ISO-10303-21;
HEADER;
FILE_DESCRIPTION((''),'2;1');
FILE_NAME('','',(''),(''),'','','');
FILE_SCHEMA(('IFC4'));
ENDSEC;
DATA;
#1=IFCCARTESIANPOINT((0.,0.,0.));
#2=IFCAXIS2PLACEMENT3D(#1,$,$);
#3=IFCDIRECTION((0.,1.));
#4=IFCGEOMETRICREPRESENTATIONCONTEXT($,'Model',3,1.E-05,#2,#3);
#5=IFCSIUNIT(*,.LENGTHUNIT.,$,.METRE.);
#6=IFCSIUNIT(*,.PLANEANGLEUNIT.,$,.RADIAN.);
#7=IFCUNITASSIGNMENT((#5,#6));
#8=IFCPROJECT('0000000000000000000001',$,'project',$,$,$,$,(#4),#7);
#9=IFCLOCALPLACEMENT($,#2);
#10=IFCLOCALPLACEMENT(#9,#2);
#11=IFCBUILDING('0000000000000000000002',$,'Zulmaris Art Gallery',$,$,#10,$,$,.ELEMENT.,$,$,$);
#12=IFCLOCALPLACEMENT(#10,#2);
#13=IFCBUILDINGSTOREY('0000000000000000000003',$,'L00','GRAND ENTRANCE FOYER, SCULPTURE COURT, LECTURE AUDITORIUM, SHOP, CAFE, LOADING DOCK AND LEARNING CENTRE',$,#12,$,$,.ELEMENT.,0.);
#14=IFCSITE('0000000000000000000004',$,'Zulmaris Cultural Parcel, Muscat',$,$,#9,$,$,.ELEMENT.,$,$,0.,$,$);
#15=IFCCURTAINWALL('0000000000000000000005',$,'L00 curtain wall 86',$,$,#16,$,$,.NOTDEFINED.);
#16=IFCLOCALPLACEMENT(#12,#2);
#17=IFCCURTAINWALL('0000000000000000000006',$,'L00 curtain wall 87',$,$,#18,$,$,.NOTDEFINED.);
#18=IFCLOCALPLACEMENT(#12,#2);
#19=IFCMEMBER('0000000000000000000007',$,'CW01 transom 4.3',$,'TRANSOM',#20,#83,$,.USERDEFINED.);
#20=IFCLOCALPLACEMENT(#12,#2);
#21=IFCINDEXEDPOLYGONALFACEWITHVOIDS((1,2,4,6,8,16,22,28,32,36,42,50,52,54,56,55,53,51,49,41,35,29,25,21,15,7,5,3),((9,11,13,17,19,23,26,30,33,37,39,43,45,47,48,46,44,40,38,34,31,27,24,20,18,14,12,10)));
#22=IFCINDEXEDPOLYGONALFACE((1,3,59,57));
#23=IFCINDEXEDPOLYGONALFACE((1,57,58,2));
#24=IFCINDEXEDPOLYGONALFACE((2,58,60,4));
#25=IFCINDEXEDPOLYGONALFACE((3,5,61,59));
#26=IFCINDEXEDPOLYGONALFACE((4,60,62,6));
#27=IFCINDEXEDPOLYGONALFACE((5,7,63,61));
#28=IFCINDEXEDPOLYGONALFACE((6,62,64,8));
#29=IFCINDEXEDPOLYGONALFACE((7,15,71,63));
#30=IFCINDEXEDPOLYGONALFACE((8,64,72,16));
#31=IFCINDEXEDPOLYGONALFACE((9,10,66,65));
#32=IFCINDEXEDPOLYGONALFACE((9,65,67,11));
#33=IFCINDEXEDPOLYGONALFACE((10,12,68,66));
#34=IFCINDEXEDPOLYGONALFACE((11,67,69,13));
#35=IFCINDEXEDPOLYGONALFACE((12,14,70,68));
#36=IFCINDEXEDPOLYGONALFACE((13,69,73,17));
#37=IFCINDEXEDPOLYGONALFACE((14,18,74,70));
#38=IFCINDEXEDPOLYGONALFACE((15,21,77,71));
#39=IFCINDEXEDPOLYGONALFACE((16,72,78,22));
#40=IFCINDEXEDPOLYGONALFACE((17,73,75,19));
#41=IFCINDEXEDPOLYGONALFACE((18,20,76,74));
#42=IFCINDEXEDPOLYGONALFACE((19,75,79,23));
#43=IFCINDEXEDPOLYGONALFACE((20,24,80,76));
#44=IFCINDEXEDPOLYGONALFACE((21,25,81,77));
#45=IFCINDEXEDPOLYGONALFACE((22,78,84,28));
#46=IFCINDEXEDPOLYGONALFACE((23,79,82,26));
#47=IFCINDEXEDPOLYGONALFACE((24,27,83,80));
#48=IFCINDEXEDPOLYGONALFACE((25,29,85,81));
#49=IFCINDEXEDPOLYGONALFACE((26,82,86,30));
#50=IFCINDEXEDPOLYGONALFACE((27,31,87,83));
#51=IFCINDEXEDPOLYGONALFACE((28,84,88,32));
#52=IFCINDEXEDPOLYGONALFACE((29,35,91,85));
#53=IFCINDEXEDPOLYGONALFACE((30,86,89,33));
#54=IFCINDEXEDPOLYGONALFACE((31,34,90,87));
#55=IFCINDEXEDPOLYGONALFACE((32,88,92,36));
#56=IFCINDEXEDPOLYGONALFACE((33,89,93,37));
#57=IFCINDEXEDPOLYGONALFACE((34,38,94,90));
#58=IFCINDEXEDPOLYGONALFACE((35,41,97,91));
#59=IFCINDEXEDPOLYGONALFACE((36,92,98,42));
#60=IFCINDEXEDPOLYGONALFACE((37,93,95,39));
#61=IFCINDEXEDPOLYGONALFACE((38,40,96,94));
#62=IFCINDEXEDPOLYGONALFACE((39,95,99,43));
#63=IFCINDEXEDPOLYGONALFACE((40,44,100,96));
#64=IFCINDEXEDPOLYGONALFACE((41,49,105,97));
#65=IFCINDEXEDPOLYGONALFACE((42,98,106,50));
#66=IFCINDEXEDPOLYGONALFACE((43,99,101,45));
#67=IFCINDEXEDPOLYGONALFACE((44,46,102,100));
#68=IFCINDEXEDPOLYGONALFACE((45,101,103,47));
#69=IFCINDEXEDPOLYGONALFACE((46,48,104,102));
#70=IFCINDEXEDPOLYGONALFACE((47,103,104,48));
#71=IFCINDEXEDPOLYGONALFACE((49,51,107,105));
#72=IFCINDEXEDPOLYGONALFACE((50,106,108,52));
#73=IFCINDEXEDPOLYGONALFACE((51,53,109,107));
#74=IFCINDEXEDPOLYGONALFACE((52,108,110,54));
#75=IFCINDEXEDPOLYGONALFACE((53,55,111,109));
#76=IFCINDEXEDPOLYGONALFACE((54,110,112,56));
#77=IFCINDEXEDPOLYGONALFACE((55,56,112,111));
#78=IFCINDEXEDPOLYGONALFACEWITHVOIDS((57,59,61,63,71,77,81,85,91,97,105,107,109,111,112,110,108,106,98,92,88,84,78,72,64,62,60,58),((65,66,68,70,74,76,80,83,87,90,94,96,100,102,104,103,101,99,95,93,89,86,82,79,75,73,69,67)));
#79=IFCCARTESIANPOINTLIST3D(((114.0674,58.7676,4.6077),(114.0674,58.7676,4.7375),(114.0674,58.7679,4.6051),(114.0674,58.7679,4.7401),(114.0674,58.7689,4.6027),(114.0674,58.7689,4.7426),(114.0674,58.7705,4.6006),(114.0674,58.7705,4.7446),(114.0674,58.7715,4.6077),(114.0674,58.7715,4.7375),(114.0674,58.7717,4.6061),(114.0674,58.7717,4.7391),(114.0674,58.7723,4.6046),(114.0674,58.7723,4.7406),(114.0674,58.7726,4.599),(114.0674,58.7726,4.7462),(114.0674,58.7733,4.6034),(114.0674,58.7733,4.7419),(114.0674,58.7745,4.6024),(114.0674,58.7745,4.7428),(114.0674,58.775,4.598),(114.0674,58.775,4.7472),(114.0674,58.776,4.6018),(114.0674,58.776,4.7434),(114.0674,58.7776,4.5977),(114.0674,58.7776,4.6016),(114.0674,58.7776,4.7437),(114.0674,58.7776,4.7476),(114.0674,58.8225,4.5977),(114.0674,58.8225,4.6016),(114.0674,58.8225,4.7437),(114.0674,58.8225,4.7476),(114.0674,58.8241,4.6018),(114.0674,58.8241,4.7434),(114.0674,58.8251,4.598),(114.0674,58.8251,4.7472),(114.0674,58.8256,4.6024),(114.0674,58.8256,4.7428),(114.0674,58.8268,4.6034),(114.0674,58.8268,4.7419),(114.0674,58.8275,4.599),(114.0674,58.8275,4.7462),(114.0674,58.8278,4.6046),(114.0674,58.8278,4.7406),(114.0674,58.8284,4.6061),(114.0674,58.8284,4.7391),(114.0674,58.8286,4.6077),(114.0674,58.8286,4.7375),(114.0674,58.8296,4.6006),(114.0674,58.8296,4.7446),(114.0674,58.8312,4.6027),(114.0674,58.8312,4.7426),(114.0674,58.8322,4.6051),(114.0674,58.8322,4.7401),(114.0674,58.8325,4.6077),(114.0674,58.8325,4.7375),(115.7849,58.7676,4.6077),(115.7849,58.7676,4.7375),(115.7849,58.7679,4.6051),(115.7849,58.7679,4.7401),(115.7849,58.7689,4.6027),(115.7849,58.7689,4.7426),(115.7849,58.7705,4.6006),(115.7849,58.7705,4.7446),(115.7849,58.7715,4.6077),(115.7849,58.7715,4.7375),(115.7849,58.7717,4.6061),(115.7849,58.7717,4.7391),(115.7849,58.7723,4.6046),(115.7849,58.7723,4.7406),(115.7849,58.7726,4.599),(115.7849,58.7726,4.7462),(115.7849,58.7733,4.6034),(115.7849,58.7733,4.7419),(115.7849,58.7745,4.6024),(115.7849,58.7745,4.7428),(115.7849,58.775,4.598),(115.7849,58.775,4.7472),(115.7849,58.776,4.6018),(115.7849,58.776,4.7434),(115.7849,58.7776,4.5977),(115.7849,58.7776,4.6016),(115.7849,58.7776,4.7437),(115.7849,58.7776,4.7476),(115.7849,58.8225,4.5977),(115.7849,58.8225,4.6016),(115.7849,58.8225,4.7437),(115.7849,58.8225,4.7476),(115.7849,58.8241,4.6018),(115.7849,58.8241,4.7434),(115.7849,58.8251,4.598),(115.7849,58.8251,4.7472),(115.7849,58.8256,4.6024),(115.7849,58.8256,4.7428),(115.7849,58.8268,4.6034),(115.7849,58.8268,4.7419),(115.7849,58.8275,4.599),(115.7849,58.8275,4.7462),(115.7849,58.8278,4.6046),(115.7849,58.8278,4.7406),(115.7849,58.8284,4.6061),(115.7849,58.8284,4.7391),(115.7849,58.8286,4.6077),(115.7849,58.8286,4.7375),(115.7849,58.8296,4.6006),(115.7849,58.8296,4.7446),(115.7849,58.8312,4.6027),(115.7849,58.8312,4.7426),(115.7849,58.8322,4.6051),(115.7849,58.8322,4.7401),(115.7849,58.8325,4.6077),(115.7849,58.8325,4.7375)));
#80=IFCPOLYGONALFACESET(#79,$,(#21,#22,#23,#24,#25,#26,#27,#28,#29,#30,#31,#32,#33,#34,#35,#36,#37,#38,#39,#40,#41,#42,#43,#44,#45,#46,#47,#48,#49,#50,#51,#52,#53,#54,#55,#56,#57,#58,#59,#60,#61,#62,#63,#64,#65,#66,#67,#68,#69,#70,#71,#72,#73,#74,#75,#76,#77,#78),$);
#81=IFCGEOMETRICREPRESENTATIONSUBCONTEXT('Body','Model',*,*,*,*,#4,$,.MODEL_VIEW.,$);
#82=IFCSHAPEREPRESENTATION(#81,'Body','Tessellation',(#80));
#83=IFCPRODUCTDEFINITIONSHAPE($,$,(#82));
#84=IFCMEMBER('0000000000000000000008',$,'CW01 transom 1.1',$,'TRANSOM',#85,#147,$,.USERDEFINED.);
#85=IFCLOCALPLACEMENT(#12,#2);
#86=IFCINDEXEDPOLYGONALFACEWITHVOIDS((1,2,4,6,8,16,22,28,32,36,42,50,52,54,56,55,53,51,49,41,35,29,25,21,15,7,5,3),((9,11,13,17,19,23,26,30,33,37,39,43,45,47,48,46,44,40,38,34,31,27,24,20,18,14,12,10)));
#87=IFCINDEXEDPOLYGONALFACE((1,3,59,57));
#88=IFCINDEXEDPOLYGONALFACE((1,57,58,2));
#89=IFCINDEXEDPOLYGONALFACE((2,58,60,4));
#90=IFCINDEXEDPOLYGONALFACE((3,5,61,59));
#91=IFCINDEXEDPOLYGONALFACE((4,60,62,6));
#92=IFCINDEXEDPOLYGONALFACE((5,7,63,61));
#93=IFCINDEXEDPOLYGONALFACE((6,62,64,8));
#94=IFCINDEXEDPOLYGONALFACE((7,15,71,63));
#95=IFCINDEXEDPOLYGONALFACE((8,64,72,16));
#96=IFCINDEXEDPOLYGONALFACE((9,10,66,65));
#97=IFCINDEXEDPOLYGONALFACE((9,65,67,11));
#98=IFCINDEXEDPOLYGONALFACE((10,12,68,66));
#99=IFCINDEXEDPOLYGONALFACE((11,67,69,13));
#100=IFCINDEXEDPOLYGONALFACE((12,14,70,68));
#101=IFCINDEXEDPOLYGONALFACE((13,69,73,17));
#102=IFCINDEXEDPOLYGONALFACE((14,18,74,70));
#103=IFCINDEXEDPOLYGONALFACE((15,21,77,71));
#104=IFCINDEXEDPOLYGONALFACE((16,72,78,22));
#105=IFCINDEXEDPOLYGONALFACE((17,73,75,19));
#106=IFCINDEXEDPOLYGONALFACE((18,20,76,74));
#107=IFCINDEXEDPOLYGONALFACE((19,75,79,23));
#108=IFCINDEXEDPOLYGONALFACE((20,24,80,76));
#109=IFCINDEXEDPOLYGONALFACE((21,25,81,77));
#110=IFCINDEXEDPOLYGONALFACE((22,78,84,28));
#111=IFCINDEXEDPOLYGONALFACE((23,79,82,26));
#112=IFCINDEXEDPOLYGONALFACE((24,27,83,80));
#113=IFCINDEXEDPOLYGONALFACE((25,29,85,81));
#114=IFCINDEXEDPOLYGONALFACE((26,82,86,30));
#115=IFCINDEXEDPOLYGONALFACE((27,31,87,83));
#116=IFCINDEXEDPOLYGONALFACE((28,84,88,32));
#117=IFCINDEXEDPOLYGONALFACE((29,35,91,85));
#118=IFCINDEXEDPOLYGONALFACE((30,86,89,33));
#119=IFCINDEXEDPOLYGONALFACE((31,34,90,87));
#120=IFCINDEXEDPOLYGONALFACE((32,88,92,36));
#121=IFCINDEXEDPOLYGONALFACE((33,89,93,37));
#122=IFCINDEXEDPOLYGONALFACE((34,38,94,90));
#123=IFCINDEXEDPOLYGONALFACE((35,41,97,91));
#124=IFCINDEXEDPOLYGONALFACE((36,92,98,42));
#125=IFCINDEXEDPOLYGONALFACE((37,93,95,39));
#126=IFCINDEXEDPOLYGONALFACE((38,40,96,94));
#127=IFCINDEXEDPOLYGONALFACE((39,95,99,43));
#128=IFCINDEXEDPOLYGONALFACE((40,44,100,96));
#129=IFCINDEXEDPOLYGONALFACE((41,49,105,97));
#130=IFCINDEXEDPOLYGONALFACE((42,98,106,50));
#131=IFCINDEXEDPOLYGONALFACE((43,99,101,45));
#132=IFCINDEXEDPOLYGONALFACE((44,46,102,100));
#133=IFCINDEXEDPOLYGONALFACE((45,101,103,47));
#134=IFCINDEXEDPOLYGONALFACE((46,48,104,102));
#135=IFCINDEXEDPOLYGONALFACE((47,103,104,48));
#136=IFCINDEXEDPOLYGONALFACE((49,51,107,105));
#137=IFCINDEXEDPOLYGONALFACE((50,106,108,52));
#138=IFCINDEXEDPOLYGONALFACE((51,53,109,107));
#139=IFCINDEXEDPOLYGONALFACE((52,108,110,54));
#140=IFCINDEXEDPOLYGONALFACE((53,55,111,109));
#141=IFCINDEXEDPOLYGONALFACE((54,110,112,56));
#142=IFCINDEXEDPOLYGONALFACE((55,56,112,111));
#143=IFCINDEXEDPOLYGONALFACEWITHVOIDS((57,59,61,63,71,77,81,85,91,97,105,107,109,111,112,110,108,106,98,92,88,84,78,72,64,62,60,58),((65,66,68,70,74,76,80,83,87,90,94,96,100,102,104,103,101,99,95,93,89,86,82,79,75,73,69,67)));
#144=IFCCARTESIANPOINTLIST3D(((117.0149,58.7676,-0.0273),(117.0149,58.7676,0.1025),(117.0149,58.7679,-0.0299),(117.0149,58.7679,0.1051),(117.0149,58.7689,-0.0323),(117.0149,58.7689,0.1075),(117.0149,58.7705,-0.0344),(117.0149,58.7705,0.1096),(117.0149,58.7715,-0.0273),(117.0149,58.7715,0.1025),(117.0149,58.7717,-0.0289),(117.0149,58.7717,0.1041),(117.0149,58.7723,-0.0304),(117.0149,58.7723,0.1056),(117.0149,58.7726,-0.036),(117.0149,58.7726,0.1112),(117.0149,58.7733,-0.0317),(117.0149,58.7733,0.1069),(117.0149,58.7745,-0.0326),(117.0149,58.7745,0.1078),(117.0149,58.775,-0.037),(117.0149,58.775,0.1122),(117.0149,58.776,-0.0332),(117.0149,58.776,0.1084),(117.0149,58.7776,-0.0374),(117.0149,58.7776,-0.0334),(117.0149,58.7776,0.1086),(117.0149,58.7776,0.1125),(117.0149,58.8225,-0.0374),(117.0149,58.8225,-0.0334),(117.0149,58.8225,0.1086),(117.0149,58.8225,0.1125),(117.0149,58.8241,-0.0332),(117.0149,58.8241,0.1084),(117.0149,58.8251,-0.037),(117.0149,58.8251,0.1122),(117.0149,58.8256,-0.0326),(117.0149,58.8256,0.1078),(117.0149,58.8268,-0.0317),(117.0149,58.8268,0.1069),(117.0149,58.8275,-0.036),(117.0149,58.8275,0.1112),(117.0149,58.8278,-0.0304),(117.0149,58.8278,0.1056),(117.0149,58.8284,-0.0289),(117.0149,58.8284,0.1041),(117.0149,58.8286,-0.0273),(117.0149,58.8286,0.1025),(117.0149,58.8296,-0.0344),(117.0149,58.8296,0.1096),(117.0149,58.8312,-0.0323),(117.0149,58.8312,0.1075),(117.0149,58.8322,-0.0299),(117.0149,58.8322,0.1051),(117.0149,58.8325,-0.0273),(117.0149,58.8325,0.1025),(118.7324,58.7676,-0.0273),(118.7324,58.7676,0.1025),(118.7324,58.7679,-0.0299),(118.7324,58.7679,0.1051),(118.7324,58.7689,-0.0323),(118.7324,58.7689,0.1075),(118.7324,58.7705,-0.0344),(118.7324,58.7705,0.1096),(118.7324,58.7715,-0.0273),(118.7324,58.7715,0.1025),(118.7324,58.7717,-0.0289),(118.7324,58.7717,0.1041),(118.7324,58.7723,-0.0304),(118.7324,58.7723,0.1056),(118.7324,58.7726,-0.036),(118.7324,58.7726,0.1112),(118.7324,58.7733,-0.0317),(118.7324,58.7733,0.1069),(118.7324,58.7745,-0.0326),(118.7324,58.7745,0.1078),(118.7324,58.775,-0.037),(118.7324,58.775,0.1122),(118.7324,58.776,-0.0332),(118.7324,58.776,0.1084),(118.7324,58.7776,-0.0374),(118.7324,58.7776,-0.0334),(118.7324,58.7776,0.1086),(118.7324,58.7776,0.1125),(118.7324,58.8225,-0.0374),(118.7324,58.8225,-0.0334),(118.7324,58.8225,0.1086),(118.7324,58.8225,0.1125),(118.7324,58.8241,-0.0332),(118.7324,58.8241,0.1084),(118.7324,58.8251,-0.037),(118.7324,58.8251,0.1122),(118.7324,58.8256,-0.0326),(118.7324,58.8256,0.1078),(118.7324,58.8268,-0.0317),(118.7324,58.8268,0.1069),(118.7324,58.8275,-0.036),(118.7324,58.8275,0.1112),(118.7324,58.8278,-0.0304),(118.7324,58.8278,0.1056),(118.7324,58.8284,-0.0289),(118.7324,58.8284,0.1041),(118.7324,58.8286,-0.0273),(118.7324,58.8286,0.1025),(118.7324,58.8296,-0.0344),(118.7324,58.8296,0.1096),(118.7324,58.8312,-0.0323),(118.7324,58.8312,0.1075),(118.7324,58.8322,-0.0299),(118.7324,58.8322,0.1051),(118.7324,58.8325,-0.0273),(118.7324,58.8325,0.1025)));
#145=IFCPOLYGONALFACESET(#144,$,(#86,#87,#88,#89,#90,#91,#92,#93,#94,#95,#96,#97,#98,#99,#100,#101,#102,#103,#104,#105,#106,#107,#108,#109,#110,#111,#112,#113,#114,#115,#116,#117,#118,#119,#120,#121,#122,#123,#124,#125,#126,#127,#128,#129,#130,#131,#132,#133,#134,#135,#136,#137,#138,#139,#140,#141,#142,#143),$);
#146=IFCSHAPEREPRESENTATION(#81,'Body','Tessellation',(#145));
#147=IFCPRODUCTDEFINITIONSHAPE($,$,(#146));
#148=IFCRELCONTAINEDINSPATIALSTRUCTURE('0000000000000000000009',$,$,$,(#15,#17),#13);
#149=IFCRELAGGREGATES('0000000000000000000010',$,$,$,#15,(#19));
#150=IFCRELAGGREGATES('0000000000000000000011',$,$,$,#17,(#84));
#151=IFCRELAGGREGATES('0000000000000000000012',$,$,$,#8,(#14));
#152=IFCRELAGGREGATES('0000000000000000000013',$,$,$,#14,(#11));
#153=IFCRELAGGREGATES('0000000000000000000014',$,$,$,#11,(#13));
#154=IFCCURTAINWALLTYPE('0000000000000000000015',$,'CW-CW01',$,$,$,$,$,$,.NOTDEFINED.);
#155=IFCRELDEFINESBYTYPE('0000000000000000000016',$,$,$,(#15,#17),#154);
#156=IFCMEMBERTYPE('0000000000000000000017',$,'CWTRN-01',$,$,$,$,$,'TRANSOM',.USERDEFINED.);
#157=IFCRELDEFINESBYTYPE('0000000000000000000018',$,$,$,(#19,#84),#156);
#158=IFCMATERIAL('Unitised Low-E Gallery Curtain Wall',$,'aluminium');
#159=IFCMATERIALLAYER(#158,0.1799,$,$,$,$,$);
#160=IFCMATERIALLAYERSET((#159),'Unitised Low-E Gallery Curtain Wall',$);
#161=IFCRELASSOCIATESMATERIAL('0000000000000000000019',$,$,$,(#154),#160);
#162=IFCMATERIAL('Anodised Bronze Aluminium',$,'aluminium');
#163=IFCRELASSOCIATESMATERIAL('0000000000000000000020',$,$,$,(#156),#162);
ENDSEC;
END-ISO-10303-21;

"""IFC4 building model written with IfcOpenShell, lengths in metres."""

from ifc_helpers import new_model, si_unit, direction, frame, origin, origin_2d, place, context, subcontext, project, spatial, hollow_rectangle, extrude, material, layer, layer_set, material_profile, profile_set, type_object, element, aggregate, save


model = new_model("IFC4")

# Units and contexts
model_context = context("Model", 3, precision=1e-05, world=origin(), true_north=direction((0.0, 1.0)))
body_context = subcontext(model_context, "Body", "Model", "MODEL_VIEW")
ifc_project = project(units=[si_unit("LENGTHUNIT", "METRE"), si_unit("PLANEANGLEUNIT", "RADIAN")], contexts=[model_context])

# Site, building, storey
site_placement = place(None, origin())
site = spatial("IfcSite", under=ifc_project, at=site_placement, Name="Zulmaris Cultural Parcel, Muscat", CompositionType="ELEMENT", RefElevation=0.0)
building_placement = place(site_placement, origin())
building = spatial("IfcBuilding", under=site, at=building_placement, Name="Zulmaris Art Gallery", CompositionType="ELEMENT")
storey_placement = place(building_placement, origin())
storey = spatial("IfcBuildingStorey", under=building, at=storey_placement, Name="L00", Description="GRAND ENTRANCE FOYER, SCULPTURE COURT, LECTURE AUDITORIUM, SHOP, CAFE, LOADING DOCK AND LEARNING CENTRE", CompositionType="ELEMENT", Elevation=0.0)

# Curtain walls
ifc_material_1 = material(Name="Unitised Low-E Gallery Curtain Wall", Category="aluminium")
ifc_layer_1 = layer(ifc_material_1, 0.1799)
ifc_layer_set_1 = layer_set([ifc_layer_1], Name="Unitised Low-E Gallery Curtain Wall")
curtain_wall_type = type_object("IfcCurtainWallType", Name="CW-CW01", PredefinedType="NOTDEFINED", material=ifc_layer_set_1)
curtain_wall_1_placement = place(storey_placement, origin())
curtain_wall_1 = element("IfcCurtainWall", 1, at=curtain_wall_1_placement, inside=storey, type_object=curtain_wall_type, Name="L00 curtain wall 86", PredefinedType="NOTDEFINED")
ifc_material_2 = material(Name="Anodised Bronze Aluminium", Category="aluminium")
curtain_wall_2_placement = place(storey_placement, origin())
curtain_wall_2 = element("IfcCurtainWall", 2, at=curtain_wall_2_placement, inside=storey, type_object=curtain_wall_type, Name="L00 curtain wall 87", PredefinedType="NOTDEFINED")

# Members
ifc_material_profile_1 = material_profile(ifc_material_2, hollow_rectangle(XDim=0.0649, YDim=0.1499, WallThickness=0.0039, InnerFilletRadius=0.0061, OuterFilletRadius=0.01, at=origin_2d()), Name="ALU 65x150x4")
ifc_profile_set_1 = profile_set([ifc_material_profile_1], Name="Anodised Bronze Aluminium")
member_type_1 = type_object("IfcMemberType", Name="CWTRN-01", ElementType="TRANSOM", PredefinedType="USERDEFINED", material=ifc_profile_set_1)
member_1_placement = place(storey_placement, frame((114.0674, 58.8, 4.6726), z_axis=(1.0, 0.0, 0.0), x_axis=(0.0, 1.0, 0.0)))
member_1 = element("IfcMember", 3, at=member_1_placement, type_object=member_type_1, Name="CW01 transom 4.3", ObjectType="TRANSOM", PredefinedType="USERDEFINED", context=body_context, shape_type="SweptSolid", body=[
    extrude(hollow_rectangle(XDim=0.0649, YDim=0.1499, WallThickness=0.0039, InnerFilletRadius=0.0061, OuterFilletRadius=0.01, at=origin_2d()), origin(), (0.0, 0.0, 1.0), 1.7175),
])
member_2_placement = place(storey_placement, frame((117.0149, 58.8, 0.0376), z_axis=(1.0, 0.0, 0.0), x_axis=(0.0, 1.0, 0.0)))
member_2 = element("IfcMember", 4, at=member_2_placement, type_object=member_type_1, Name="CW01 transom 1.1", ObjectType="TRANSOM", PredefinedType="USERDEFINED", context=body_context, shape_type="SweptSolid", body=[
    extrude(hollow_rectangle(XDim=0.0649, YDim=0.1499, WallThickness=0.0039, InnerFilletRadius=0.0061, OuterFilletRadius=0.01, at=origin_2d()), origin(), (0.0, 0.0, 1.0), 1.7175),
])

aggregate(curtain_wall_1, [member_1])
aggregate(curtain_wall_2, [member_2])

save(model, "model.ifc")
